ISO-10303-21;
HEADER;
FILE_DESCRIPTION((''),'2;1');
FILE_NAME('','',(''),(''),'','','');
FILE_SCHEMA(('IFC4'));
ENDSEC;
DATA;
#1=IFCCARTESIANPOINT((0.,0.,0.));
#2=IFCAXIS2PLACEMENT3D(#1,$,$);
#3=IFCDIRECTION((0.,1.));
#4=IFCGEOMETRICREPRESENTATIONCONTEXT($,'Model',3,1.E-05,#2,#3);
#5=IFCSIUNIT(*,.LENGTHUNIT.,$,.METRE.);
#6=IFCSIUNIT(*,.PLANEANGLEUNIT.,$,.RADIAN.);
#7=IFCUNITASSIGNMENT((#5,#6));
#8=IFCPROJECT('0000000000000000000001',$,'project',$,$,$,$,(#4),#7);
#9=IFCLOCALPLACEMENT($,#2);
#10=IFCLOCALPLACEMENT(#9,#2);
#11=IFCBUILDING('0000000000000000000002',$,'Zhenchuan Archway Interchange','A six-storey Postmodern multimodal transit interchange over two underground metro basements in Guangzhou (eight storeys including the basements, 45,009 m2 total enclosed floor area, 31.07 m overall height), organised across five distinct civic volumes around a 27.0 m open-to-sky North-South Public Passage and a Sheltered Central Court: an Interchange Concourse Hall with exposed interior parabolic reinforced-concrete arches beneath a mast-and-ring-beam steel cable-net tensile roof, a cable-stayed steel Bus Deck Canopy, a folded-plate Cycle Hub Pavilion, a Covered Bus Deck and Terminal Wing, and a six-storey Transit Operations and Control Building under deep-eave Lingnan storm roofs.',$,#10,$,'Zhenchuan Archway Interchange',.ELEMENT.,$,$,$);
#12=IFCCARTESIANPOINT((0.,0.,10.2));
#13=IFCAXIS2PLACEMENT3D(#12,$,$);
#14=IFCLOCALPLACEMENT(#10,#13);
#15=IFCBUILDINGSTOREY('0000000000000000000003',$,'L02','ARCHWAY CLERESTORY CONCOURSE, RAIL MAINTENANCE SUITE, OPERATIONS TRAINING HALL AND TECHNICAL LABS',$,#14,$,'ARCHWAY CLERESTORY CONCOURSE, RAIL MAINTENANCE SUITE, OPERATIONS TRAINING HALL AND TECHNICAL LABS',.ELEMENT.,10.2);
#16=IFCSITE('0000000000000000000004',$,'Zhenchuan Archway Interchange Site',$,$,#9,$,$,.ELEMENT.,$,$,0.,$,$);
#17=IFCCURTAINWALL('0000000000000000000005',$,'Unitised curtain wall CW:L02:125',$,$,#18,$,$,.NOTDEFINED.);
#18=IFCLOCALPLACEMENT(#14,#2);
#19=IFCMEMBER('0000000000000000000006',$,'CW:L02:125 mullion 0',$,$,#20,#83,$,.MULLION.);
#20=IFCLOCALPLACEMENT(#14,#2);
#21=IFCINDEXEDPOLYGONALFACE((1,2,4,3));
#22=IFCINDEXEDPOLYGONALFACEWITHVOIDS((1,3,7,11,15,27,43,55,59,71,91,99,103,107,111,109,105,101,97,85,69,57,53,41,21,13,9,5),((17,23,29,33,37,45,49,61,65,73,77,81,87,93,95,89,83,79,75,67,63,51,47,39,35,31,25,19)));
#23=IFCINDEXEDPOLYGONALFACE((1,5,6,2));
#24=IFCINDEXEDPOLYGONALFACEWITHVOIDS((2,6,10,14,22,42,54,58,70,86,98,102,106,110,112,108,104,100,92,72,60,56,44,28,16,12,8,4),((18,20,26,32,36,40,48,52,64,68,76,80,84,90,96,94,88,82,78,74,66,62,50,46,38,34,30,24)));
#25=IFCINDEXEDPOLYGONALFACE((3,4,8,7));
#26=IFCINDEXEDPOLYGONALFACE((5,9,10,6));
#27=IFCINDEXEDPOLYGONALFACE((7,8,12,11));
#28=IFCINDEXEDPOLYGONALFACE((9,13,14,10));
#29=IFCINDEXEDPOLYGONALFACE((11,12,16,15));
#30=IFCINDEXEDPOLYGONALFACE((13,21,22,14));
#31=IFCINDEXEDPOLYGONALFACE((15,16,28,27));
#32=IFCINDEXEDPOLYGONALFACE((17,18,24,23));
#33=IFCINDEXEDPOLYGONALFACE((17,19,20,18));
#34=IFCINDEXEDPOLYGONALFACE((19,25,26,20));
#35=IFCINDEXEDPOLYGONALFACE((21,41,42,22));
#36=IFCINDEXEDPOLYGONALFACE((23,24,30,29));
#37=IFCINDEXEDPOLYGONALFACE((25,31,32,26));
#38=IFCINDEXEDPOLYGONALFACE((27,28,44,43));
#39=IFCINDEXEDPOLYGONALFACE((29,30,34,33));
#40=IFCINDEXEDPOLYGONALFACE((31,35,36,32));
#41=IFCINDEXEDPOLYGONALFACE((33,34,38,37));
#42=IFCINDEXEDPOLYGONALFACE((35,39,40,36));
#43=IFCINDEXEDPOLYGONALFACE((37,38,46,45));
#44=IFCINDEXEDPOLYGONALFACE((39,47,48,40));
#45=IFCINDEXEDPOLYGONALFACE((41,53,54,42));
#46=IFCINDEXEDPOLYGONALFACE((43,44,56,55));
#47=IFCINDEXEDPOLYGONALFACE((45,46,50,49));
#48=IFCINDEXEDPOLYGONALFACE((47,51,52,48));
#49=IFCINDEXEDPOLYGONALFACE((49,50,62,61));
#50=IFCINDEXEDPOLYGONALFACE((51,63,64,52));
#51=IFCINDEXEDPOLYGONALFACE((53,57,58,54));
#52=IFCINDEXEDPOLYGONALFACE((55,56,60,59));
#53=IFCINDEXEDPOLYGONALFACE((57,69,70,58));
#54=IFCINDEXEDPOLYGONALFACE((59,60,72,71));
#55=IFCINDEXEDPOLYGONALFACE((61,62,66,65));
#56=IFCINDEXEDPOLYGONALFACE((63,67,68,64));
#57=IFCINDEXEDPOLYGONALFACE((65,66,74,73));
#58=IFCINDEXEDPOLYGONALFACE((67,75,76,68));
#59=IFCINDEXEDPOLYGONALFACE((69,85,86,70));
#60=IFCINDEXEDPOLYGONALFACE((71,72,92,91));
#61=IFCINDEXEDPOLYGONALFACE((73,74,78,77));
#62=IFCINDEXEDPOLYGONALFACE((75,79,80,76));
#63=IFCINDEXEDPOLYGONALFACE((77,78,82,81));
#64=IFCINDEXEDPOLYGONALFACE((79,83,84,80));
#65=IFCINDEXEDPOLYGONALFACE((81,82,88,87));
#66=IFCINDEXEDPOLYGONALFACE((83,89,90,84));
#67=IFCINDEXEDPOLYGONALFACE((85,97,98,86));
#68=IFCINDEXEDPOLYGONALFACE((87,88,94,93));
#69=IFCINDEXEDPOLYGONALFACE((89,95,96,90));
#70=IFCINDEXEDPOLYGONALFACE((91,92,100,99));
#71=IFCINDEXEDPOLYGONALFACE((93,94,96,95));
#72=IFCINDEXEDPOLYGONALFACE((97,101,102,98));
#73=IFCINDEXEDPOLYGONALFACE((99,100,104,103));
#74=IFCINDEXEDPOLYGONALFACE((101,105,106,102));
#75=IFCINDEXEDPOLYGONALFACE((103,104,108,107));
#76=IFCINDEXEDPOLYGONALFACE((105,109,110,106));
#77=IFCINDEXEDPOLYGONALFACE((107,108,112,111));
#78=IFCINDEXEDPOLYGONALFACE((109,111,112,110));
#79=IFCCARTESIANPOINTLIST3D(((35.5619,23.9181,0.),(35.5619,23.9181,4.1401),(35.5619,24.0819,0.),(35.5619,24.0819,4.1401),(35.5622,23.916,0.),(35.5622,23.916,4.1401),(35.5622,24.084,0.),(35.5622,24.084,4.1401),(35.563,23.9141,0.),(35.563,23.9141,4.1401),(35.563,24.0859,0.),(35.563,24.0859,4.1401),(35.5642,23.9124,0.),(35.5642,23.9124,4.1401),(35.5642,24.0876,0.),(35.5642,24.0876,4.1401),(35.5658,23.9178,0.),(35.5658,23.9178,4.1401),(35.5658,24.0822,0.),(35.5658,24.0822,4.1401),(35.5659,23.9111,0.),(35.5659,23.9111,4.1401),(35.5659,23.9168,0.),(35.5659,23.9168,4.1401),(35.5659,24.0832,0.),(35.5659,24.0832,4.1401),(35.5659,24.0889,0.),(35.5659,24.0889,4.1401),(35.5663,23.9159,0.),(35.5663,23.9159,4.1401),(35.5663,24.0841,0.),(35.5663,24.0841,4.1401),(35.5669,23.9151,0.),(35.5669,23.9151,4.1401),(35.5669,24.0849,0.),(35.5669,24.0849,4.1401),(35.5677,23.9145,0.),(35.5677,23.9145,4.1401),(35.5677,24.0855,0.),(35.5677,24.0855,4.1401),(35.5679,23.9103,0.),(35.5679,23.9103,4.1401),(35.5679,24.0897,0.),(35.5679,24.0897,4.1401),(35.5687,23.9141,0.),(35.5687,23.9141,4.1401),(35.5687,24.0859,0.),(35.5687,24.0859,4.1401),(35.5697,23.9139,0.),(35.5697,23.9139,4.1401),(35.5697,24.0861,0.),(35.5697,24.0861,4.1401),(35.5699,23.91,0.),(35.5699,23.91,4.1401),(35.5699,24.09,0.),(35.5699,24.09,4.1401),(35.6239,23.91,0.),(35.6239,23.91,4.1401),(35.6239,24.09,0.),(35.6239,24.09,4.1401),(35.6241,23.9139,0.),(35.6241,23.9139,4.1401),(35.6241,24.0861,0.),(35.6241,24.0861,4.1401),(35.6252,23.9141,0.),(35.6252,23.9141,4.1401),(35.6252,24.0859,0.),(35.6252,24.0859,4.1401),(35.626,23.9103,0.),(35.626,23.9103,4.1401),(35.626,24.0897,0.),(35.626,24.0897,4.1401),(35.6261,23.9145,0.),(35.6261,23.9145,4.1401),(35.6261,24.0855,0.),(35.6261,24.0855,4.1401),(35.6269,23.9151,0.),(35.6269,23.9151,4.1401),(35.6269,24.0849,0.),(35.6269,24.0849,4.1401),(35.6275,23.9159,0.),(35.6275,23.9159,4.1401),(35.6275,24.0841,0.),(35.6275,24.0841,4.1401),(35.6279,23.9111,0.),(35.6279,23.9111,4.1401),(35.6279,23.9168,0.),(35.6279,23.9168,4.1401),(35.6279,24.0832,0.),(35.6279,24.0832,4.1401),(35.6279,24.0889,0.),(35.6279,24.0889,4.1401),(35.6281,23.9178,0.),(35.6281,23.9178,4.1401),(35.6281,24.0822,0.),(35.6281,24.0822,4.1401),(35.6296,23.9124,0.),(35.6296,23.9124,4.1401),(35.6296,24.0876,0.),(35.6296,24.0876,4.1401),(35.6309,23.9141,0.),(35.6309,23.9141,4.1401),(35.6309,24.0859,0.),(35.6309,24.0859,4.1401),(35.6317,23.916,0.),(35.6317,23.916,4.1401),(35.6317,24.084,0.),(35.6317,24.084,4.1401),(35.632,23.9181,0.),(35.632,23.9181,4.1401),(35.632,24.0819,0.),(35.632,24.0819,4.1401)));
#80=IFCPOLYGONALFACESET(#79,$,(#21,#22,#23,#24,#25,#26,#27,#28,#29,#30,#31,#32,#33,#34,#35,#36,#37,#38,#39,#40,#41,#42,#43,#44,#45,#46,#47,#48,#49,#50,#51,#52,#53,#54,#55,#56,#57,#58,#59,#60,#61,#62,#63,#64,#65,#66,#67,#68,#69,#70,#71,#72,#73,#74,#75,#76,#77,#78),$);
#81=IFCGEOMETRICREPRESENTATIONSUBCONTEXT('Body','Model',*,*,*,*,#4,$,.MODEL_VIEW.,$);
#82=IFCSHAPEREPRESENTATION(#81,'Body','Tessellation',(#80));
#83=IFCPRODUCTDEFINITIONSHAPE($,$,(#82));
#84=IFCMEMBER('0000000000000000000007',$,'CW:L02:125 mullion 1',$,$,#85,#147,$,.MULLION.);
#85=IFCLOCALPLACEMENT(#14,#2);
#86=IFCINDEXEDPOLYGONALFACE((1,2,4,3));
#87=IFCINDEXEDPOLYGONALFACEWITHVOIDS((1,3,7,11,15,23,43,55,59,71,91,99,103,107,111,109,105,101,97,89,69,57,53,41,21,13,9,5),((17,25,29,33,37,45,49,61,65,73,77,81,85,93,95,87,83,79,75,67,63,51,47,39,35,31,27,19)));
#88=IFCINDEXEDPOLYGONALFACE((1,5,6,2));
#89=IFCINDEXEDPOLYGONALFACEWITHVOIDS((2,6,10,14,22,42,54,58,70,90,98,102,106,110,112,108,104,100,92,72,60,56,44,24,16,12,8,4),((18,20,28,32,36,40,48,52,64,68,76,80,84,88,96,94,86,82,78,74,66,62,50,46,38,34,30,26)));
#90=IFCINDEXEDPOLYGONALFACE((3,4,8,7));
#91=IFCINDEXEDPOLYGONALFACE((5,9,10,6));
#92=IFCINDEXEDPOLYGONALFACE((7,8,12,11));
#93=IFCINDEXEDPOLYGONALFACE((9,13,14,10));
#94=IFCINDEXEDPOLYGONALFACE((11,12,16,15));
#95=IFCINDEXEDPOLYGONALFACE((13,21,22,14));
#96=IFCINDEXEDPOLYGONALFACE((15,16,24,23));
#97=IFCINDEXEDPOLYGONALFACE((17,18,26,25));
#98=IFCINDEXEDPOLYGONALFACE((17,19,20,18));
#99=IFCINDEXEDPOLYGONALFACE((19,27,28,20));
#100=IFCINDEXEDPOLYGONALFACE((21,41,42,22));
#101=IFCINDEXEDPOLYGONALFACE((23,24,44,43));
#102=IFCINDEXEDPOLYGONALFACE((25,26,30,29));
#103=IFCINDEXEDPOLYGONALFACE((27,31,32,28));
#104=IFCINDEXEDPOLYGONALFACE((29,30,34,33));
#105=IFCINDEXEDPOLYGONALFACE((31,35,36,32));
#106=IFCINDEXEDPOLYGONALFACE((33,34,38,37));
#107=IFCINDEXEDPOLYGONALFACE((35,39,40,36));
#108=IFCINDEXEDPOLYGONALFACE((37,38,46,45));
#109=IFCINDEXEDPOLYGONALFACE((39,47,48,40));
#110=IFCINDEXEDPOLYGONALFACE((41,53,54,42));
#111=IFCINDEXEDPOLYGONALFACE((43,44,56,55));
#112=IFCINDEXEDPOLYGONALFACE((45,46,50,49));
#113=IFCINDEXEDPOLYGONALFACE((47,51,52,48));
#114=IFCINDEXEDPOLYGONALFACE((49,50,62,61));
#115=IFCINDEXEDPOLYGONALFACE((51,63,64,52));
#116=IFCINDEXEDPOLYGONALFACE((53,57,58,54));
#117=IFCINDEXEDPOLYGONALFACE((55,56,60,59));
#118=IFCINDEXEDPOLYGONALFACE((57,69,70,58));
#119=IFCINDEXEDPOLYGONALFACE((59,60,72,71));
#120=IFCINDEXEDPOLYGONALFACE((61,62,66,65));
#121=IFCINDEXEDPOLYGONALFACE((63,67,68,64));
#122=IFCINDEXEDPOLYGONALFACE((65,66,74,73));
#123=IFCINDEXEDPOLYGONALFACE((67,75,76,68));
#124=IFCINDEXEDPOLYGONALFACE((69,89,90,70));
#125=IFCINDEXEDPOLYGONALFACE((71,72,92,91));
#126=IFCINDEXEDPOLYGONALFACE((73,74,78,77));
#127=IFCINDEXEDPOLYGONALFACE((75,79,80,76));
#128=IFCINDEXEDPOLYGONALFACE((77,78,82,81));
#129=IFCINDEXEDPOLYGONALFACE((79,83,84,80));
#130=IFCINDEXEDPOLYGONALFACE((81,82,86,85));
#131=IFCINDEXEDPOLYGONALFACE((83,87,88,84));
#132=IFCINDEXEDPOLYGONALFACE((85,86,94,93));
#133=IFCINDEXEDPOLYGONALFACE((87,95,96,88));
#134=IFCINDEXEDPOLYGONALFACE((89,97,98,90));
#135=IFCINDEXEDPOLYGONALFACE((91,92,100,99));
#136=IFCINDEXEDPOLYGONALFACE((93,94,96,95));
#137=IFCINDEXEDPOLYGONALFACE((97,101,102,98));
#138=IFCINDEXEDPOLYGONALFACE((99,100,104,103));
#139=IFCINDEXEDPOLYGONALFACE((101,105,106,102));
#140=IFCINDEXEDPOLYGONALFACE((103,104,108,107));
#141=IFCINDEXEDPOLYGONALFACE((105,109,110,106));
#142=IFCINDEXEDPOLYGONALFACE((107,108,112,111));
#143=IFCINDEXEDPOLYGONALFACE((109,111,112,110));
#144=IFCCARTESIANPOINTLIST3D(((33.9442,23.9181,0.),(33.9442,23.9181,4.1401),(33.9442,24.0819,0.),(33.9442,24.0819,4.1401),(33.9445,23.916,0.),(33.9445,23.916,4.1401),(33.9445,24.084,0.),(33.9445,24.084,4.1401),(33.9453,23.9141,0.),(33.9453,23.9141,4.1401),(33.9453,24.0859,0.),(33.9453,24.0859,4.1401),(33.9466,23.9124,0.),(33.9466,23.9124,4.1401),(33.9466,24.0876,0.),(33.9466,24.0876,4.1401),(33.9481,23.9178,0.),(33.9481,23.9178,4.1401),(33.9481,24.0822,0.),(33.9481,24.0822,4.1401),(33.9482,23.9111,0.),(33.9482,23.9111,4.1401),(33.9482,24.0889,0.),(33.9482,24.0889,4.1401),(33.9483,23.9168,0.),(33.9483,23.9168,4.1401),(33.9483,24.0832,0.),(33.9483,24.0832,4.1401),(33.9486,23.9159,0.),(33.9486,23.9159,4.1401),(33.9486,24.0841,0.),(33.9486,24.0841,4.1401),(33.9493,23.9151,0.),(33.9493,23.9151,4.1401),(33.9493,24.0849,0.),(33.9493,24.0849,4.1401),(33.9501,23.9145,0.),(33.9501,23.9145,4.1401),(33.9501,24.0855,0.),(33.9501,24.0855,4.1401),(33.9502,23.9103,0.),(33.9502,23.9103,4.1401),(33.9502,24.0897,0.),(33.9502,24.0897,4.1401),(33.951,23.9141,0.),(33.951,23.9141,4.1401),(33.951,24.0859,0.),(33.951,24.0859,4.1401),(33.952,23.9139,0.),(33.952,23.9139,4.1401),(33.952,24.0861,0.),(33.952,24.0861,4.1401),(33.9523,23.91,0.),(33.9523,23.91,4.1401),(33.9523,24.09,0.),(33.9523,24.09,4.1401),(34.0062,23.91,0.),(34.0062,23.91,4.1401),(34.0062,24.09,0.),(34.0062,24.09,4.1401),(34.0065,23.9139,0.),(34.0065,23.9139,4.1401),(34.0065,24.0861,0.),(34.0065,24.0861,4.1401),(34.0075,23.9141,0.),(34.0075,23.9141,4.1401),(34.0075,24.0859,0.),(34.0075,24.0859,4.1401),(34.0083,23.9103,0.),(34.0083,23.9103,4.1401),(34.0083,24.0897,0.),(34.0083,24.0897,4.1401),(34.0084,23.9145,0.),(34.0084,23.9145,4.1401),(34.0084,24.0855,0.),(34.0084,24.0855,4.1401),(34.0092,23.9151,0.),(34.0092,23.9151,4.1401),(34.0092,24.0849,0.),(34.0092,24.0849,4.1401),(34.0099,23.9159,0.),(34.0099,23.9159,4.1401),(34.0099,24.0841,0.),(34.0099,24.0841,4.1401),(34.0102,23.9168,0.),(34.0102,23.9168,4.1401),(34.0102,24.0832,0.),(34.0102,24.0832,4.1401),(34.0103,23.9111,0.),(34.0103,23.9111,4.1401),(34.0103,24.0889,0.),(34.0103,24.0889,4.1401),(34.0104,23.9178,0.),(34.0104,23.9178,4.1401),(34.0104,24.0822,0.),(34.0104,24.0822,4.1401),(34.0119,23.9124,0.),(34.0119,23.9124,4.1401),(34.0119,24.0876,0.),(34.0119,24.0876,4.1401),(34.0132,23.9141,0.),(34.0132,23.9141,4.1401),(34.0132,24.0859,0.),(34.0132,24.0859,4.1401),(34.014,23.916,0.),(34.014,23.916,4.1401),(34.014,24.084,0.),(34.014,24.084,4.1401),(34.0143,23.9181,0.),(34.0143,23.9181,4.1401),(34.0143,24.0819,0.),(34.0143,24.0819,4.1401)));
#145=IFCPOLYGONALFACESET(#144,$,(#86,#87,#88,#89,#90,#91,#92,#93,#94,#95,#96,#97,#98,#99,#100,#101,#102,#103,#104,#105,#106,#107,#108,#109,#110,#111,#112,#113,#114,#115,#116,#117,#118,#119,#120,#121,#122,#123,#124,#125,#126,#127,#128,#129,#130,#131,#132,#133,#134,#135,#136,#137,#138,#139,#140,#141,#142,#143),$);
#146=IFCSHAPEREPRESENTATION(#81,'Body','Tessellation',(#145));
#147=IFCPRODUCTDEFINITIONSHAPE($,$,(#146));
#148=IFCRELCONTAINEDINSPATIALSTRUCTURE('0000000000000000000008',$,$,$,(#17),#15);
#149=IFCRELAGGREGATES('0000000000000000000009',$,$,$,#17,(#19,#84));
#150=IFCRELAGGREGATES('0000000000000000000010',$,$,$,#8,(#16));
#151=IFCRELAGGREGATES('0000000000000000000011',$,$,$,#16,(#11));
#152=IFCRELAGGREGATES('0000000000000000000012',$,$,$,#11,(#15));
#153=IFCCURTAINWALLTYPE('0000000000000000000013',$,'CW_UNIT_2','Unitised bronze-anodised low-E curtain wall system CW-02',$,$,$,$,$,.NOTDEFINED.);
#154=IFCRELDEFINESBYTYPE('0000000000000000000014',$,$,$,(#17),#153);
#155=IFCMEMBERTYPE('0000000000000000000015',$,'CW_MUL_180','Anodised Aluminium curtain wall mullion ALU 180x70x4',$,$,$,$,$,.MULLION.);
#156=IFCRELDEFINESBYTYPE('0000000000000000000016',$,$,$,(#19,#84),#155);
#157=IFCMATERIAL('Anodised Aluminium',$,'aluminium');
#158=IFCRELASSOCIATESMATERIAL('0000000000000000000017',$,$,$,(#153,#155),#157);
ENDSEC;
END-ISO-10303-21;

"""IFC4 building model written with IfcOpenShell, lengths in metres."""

from ifc_helpers import new_model, si_unit, direction, frame, origin, origin_2d, place, context, subcontext, project, spatial, hollow_rectangle, extrude, material, material_profile, profile_set, type_object, element, aggregate, save


model = new_model("IFC4")

# Units and contexts
model_context = context("Model", 3, precision=1e-05, world=origin(), true_north=direction((0.0, 1.0)))
body_context = subcontext(model_context, "Body", "Model", "MODEL_VIEW")
ifc_project = project(units=[si_unit("LENGTHUNIT", "METRE"), si_unit("PLANEANGLEUNIT", "RADIAN")], contexts=[model_context])

# Site, building, storey
site_placement = place(None, origin())
site = spatial("IfcSite", under=ifc_project, at=site_placement, Name="Zhenchuan Archway Interchange Site", CompositionType="ELEMENT", RefElevation=0.0)
building_placement = place(site_placement, origin())
building = spatial("IfcBuilding", under=site, at=building_placement, Name="Zhenchuan Archway Interchange", Description="A six-storey Postmodern multimodal transit interchange over two underground metro basements in Guangzhou (eight storeys including the basements, 45,009 m2 total enclosed floor area, 31.07 m overall height), organised across five distinct civic volumes around a 27.0 m open-to-sky North-South Public Passage and a Sheltered Central Court: an Interchange Concourse Hall with exposed interior parabolic reinforced-concrete arches beneath a mast-and-ring-beam steel cable-net tensile roof, a cable-stayed steel Bus Deck Canopy, a folded-plate Cycle Hub Pavilion, a Covered Bus Deck and Terminal Wing, and a six-storey Transit Operations and Control Building under deep-eave Lingnan storm roofs.", LongName="Zhenchuan Archway Interchange", CompositionType="ELEMENT")
storey_placement = place(building_placement, frame((0.0, 0.0, 10.2)))
storey = spatial("IfcBuildingStorey", under=building, at=storey_placement, Name="L02", Description="ARCHWAY CLERESTORY CONCOURSE, RAIL MAINTENANCE SUITE, OPERATIONS TRAINING HALL AND TECHNICAL LABS", LongName="ARCHWAY CLERESTORY CONCOURSE, RAIL MAINTENANCE SUITE, OPERATIONS TRAINING HALL AND TECHNICAL LABS", CompositionType="ELEMENT", Elevation=10.2)

# Curtain wall, members
ifc_material_1 = material(Name="Anodised Aluminium", Category="aluminium")
curtain_wall_type_1 = type_object("IfcCurtainWallType", Name="CW_UNIT_2", Description="Unitised bronze-anodised low-E curtain wall system CW-02", PredefinedType="NOTDEFINED", material=ifc_material_1)
curtain_wall_1_placement = place(storey_placement, origin())
curtain_wall_1 = element("IfcCurtainWall", 1, at=curtain_wall_1_placement, inside=storey, type_object=curtain_wall_type_1, Name="Unitised curtain wall CW:L02:125", PredefinedType="NOTDEFINED")
ifc_material_profile_1 = material_profile(ifc_material_1, hollow_rectangle(XDim=0.0701, YDim=0.1799, WallThickness=0.0039, InnerFilletRadius=0.0039, OuterFilletRadius=0.0081, at=origin_2d()), Name="ALU 180x70x4")
ifc_profile_set_1 = profile_set([ifc_material_profile_1], Name="Anodised Aluminium")
member_type_1 = type_object("IfcMemberType", Name="CW_MUL_180", Description="Anodised Aluminium curtain wall mullion ALU 180x70x4", PredefinedType="MULLION", material=ifc_profile_set_1)
member_1_placement = place(storey_placement, frame((35.5969, 24.0, 0.0), z_axis=(0.0, 0.0, 1.0), x_axis=(1.0, 0.0, 0.0)))
member_1 = element("IfcMember", 2, at=member_1_placement, type_object=member_type_1, Name="CW:L02:125 mullion 0", PredefinedType="MULLION", context=body_context, shape_type="SweptSolid", body=[
    extrude(hollow_rectangle(XDim=0.0701, YDim=0.1799, WallThickness=0.0039, InnerFilletRadius=0.0039, OuterFilletRadius=0.0081, at=origin_2d()), origin(), (0.0, 0.0, 1.0), 4.1401),
])
member_2_placement = place(storey_placement, frame((33.9792, 24.0, 0.0), z_axis=(0.0, 0.0, 1.0), x_axis=(1.0, 0.0, 0.0)))
member_2 = element("IfcMember", 3, at=member_2_placement, type_object=member_type_1, Name="CW:L02:125 mullion 1", PredefinedType="MULLION", context=body_context, shape_type="SweptSolid", body=[
    extrude(hollow_rectangle(XDim=0.0701, YDim=0.1799, WallThickness=0.0039, InnerFilletRadius=0.0039, OuterFilletRadius=0.0081, at=origin_2d()), origin(), (0.0, 0.0, 1.0), 4.1401),
])

aggregate(curtain_wall_1, [member_1, member_2])

save(model, "model.ifc")
